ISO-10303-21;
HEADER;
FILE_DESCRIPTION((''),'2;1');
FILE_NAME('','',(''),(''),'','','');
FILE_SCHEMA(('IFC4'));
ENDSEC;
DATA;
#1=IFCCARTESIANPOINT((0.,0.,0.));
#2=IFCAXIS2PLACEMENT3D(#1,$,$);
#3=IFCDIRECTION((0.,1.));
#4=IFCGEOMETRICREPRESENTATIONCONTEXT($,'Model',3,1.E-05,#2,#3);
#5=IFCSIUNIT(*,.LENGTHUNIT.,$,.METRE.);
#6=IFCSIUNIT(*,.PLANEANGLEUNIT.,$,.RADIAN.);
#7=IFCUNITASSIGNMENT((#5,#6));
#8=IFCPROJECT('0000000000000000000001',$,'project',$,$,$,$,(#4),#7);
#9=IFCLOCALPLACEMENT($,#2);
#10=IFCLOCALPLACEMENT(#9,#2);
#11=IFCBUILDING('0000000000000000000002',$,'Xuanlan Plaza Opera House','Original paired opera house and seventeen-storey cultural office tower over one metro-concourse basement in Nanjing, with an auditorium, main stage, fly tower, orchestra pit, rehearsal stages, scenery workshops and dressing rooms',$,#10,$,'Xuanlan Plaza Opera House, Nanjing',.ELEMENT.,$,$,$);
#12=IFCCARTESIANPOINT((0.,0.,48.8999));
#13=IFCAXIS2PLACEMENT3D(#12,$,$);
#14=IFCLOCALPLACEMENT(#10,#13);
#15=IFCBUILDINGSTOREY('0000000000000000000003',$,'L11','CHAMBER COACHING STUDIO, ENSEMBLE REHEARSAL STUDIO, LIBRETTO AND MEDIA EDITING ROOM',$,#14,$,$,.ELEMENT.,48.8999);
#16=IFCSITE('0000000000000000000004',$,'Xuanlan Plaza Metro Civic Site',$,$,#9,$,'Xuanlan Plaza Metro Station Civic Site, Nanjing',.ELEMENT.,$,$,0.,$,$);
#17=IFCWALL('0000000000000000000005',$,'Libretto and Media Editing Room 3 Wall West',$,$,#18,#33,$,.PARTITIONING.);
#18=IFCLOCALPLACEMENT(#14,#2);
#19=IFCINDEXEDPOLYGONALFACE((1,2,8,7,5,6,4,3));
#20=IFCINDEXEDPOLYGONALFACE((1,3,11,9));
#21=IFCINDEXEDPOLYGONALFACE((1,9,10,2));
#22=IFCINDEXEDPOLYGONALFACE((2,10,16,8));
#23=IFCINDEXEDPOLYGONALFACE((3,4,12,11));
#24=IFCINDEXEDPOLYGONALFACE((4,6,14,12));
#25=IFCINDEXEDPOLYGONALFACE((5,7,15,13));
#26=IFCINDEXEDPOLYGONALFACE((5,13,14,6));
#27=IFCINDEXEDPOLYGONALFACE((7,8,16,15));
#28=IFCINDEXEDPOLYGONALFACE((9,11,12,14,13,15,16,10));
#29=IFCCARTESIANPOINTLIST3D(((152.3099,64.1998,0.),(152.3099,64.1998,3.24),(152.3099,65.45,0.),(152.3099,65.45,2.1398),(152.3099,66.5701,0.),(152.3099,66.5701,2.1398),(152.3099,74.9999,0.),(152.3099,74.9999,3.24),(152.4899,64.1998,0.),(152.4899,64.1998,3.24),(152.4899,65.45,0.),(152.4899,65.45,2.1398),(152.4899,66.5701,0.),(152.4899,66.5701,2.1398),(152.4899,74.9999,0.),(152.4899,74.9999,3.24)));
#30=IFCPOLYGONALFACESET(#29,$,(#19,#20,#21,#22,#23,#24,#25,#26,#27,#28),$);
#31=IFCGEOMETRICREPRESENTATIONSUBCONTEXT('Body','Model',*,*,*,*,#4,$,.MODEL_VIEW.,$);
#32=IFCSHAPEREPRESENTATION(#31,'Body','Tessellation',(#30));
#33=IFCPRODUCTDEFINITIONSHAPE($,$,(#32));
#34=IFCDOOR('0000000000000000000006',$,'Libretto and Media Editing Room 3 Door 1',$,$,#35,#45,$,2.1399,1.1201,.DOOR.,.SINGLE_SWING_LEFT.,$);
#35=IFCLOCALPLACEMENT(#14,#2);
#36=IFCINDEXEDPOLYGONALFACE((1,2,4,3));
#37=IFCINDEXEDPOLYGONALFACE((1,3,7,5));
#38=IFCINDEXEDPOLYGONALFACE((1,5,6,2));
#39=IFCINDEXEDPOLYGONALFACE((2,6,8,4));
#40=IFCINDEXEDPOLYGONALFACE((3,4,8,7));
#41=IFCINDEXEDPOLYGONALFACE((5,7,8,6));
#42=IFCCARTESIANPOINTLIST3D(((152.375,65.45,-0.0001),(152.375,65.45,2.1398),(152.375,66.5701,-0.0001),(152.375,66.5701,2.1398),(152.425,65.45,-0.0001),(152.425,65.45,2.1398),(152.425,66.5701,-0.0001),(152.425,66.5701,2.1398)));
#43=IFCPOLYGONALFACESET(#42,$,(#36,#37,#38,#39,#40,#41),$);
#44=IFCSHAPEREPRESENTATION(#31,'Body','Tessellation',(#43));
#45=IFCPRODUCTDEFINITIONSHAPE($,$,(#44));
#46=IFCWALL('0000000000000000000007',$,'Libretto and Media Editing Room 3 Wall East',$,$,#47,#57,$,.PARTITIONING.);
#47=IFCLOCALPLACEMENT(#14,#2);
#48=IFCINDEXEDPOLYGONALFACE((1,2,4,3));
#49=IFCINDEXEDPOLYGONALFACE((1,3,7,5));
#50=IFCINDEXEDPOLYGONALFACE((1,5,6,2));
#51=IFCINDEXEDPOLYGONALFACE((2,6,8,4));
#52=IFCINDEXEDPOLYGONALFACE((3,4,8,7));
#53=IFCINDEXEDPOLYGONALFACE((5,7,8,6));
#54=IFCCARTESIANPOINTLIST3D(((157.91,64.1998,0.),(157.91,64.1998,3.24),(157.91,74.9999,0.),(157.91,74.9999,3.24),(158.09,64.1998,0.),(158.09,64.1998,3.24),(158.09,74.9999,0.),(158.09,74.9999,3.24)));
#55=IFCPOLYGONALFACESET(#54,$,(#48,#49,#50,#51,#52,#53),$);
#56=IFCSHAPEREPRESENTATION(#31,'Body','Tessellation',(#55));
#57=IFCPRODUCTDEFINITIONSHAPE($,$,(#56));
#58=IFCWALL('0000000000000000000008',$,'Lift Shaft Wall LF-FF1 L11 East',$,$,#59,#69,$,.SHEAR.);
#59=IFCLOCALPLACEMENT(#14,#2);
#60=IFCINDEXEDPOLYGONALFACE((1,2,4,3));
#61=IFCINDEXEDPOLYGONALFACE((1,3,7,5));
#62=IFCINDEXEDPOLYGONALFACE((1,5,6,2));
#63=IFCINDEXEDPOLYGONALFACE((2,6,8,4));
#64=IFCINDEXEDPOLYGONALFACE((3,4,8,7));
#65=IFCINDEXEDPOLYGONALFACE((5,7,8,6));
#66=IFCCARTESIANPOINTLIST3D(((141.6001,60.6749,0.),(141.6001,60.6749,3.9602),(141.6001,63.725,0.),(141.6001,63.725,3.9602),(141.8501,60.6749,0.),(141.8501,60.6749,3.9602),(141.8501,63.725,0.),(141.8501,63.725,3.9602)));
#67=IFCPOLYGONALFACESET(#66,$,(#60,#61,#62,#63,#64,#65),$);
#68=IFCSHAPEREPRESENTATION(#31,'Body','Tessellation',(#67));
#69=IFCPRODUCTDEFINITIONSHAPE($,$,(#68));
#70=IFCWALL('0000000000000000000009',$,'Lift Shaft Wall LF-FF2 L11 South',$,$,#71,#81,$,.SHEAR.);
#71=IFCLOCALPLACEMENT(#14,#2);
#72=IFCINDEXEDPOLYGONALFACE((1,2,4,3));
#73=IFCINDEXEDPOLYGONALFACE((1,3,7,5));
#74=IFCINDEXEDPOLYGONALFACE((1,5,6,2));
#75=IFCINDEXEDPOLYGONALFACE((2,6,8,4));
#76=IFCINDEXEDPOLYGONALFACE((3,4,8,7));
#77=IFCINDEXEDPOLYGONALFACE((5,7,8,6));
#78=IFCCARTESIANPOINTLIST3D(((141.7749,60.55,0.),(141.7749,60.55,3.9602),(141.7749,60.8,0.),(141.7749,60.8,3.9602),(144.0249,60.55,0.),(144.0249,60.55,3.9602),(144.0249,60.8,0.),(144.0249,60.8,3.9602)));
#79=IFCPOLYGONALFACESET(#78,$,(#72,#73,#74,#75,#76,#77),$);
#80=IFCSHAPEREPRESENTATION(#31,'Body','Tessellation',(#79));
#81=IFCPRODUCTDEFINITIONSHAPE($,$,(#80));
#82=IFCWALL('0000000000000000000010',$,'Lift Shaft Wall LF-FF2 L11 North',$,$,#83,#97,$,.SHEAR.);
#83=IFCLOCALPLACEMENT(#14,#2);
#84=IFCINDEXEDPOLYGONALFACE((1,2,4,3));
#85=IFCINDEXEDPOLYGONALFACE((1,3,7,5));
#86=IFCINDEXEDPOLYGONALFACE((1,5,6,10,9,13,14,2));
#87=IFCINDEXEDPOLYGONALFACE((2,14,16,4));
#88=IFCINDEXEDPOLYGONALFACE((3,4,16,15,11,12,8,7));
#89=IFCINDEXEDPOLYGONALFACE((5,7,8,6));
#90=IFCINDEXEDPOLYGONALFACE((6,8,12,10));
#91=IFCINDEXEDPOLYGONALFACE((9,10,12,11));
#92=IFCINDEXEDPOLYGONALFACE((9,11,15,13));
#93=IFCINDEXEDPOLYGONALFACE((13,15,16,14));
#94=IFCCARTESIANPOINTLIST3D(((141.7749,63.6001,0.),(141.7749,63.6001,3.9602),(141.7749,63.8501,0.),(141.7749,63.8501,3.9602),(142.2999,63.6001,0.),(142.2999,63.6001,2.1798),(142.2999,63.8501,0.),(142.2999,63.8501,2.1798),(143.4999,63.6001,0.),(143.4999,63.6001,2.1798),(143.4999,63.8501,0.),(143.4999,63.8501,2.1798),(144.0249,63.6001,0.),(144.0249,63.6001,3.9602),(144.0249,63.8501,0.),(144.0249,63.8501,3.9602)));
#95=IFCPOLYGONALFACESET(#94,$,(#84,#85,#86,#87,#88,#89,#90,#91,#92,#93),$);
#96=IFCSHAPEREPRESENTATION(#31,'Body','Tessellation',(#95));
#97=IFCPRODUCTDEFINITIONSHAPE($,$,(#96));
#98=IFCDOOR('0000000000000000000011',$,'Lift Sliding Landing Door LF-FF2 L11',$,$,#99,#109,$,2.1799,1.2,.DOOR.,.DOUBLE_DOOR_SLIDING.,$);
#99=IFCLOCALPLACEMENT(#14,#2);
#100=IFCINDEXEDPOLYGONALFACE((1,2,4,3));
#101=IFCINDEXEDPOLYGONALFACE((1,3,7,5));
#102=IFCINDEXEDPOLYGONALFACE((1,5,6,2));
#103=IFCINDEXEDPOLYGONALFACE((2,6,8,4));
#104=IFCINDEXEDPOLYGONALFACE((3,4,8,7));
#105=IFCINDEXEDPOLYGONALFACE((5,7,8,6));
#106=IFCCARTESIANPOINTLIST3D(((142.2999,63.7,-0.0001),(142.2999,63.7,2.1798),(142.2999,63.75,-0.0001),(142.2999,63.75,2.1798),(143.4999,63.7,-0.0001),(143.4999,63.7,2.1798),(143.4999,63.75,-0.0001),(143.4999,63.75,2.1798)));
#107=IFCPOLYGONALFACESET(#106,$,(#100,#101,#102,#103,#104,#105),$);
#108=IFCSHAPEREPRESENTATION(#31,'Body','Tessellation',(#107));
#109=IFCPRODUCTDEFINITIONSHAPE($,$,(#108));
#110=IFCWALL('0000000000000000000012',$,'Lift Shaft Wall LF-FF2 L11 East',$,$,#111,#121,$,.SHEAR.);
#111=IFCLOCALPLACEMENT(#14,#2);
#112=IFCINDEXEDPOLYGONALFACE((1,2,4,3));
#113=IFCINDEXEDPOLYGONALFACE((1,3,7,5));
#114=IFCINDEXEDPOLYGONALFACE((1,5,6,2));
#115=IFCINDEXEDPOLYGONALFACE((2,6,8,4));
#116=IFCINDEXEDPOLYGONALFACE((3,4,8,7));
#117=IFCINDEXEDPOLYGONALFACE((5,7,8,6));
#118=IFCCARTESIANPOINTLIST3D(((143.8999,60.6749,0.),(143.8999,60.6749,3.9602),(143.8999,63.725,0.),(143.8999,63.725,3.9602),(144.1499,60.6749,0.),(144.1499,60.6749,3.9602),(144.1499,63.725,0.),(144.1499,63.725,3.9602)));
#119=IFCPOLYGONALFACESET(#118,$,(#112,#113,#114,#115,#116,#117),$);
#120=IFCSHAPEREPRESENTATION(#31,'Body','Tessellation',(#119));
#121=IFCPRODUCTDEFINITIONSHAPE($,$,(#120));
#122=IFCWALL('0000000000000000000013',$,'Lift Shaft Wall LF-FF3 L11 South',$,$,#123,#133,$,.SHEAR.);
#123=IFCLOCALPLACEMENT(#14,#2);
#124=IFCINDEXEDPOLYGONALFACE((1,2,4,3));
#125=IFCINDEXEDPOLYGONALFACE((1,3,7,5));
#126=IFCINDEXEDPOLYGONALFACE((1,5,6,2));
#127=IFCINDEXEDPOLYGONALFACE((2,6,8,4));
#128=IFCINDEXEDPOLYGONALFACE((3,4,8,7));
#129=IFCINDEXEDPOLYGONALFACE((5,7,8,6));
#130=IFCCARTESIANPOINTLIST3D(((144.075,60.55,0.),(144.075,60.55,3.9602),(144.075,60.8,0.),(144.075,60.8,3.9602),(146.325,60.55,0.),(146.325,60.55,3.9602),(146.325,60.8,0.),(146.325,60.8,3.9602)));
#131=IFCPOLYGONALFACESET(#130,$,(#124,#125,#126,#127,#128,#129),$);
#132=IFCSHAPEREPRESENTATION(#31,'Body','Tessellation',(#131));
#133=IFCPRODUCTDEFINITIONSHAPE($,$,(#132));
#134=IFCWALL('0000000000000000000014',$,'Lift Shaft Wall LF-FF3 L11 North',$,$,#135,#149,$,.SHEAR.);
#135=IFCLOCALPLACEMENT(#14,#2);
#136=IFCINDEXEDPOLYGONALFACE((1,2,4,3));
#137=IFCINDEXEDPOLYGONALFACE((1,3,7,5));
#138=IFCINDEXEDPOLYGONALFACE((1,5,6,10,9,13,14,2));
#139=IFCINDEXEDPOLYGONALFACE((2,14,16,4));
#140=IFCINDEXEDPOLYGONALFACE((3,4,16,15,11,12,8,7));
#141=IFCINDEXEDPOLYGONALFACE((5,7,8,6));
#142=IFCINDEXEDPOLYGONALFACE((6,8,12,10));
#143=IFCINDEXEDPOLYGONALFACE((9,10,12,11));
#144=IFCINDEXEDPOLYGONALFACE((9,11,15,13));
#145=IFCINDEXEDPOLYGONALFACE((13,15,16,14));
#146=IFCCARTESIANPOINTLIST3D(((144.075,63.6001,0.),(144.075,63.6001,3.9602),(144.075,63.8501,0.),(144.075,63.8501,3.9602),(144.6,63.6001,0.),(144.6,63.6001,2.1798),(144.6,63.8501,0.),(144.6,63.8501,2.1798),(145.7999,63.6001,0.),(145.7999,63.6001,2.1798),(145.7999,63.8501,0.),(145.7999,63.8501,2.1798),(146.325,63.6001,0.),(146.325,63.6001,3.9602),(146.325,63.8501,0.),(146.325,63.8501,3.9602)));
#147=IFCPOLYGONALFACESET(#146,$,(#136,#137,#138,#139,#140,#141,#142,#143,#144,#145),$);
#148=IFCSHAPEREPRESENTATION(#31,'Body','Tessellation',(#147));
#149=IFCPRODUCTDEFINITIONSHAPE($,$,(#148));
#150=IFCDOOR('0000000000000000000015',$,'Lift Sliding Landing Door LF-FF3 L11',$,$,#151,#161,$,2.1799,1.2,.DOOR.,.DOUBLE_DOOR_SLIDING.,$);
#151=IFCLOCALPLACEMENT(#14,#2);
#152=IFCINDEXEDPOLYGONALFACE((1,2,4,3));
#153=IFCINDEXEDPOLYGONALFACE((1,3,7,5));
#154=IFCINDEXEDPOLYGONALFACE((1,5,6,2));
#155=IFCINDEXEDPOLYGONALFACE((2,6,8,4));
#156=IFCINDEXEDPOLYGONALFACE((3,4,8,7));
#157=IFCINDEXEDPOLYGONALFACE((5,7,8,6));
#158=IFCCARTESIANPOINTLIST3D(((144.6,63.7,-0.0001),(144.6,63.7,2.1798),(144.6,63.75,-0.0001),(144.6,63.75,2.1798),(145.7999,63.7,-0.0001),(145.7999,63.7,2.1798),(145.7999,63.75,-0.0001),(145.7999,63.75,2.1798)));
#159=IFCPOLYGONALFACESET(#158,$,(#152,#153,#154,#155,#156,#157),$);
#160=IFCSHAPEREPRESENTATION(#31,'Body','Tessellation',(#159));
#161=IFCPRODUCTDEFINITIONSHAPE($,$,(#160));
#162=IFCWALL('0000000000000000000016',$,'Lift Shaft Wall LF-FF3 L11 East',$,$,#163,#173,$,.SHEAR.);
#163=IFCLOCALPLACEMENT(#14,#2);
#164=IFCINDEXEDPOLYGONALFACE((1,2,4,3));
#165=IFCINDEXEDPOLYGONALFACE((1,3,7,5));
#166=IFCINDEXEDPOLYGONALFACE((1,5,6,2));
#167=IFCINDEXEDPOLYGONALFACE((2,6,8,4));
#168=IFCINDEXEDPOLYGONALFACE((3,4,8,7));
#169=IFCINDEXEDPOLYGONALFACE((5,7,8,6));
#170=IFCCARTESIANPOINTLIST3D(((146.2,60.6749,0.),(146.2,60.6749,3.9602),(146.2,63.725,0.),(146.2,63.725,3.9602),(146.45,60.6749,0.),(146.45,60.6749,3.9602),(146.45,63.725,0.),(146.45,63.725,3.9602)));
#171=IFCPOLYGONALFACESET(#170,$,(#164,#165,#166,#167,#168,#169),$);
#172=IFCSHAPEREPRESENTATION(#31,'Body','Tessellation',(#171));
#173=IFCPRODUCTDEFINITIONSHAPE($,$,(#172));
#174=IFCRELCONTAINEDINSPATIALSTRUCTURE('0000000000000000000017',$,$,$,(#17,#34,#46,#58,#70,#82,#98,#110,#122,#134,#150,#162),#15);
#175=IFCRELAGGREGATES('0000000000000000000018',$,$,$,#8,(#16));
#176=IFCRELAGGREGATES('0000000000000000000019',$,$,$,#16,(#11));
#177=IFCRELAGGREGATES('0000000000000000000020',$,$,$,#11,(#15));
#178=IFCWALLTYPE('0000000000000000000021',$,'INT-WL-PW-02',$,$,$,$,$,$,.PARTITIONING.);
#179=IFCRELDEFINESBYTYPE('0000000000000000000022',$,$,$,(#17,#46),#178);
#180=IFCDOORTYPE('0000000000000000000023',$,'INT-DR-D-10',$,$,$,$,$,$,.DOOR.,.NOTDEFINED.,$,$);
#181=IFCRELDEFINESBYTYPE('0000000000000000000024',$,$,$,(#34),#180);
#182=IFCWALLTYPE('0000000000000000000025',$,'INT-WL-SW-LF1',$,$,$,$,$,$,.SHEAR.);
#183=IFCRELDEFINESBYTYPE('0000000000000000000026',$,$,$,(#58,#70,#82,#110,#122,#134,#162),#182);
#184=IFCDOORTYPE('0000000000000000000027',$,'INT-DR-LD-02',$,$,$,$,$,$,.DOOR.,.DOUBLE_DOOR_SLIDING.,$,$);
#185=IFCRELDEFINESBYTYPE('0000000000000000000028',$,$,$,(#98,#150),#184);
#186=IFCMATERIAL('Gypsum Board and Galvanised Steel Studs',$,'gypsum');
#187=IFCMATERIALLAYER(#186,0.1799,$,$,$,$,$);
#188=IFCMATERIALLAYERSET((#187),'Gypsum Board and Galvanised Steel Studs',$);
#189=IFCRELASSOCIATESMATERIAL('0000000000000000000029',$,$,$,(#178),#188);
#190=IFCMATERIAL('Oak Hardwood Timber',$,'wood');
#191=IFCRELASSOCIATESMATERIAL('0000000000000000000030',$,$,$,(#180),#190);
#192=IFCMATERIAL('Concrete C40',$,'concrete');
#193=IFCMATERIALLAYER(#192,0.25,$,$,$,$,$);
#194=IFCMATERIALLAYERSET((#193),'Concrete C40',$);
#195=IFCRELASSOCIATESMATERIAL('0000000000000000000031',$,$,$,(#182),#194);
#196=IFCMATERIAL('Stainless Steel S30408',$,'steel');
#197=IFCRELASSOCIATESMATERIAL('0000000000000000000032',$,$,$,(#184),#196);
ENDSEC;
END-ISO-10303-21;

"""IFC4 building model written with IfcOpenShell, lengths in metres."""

from ifc_helpers import new_model, si_unit, direction, frame, frame_2d, origin, place, context, subcontext, project, spatial, rectangle, extrude, material, layer, layer_set, type_object, element, fill, save


model = new_model("IFC4")

# Units and contexts
model_context = context("Model", 3, precision=1e-05, world=origin(), true_north=direction((0.0, 1.0)))
body_context = subcontext(model_context, "Body", "Model", "MODEL_VIEW")
ifc_project = project(units=[si_unit("LENGTHUNIT", "METRE"), si_unit("PLANEANGLEUNIT", "RADIAN")], contexts=[model_context])

# Site, building, storey
site_placement = place(None, origin())
site = spatial("IfcSite", under=ifc_project, at=site_placement, Name="Xuanlan Plaza Metro Civic Site", LongName="Xuanlan Plaza Metro Station Civic Site, Nanjing", CompositionType="ELEMENT", RefElevation=0.0)
building_placement = place(site_placement, origin())
building = spatial("IfcBuilding", under=site, at=building_placement, Name="Xuanlan Plaza Opera House", Description="Original paired opera house and seventeen-storey cultural office tower over one metro-concourse basement in Nanjing, with an auditorium, main stage, fly tower, orchestra pit, rehearsal stages, scenery workshops and dressing rooms", LongName="Xuanlan Plaza Opera House, Nanjing", CompositionType="ELEMENT")
storey_placement = place(building_placement, frame((0.0, 0.0, 48.8999)))
storey = spatial("IfcBuildingStorey", under=building, at=storey_placement, Name="L11", Description="CHAMBER COACHING STUDIO, ENSEMBLE REHEARSAL STUDIO, LIBRETTO AND MEDIA EDITING ROOM", CompositionType="ELEMENT", Elevation=48.8999)

# Shared definitions
ifc_material_1 = material(Name="Concrete C40", Category="concrete")

# Shared definitions
ifc_material_2 = material(Name="Gypsum Board and Galvanised Steel Studs", Category="gypsum")

# Shared definitions
ifc_material_3 = material(Name="Oak Hardwood Timber", Category="wood")

# Shared definitions
ifc_layer_1 = layer(ifc_material_2, 0.1799)
ifc_layer_set_1 = layer_set([ifc_layer_1], Name="Gypsum Board and Galvanised Steel Studs")
wall_type_1 = type_object("IfcWallType", Name="INT-WL-PW-02", PredefinedType="PARTITIONING", material=ifc_layer_set_1)

# Wall, opening, door
wall_1_placement = place(storey_placement, frame((152.3999, 64.2, 0.0), z_axis=(0.0, 0.0, 1.0), x_axis=(0.0, 1.0, 0.0)))
wall_1 = element("IfcWall", 1, at=wall_1_placement, inside=storey, type_object=wall_type_1, Name="Libretto and Media Editing Room 3 Wall West", PredefinedType="PARTITIONING", context=body_context, shape_type="SweptSolid", body=[
    extrude(rectangle(XDim=10.8, YDim=0.1799, at=frame_2d((5.3999, 0.0))), origin(), (0.0, 0.0, 1.0), 3.24),
])
opening_1_placement = place(wall_1_placement, frame((1.25, 0.0, 0.0)))
opening_1 = element("IfcOpeningElement", 2, at=opening_1_placement, cuts=wall_1, PredefinedType="OPENING", context=body_context, shape_type="SweptSolid", body=[
    extrude(rectangle(XDim=1.1201, YDim=2.1399, at=frame_2d((0.5601, 1.0698))), frame((0.0, 0.0999, 0.0), z_axis=(0.0, -1.0, 0.0), x_axis=(1.0, 0.0, 0.0)), (0.0, 0.0, 1.0), 0.2),
])
door_type_1 = type_object("IfcDoorType", Name="INT-DR-D-10", OperationType="NOTDEFINED", PredefinedType="DOOR", material=ifc_material_3)
door_1_placement = place(opening_1_placement, origin())
door_1 = element("IfcDoor", 3, at=door_1_placement, inside=storey, type_object=door_type_1, Name="Libretto and Media Editing Room 3 Door 1", OperationType="SINGLE_SWING_LEFT", OverallHeight=2.1399, OverallWidth=1.1201, PredefinedType="DOOR", context=body_context, shape_type="SweptSolid", body=[
    extrude(rectangle(XDim=1.1201, YDim=2.1399, at=frame_2d((0.5601, 1.0698))), frame((0.0, 0.0249, 0.0), z_axis=(0.0, -1.0, 0.0), x_axis=(1.0, 0.0, 0.0)), (0.0, 0.0, 1.0), 0.05),
])
fill(opening_1, door_1)

# Walls
wall_2_placement = place(storey_placement, frame((158.0, 64.2, 0.0), z_axis=(0.0, 0.0, 1.0), x_axis=(0.0, 1.0, 0.0)))
element("IfcWall", 4, at=wall_2_placement, inside=storey, type_object=wall_type_1, Name="Libretto and Media Editing Room 3 Wall East", PredefinedType="PARTITIONING", context=body_context, shape_type="SweptSolid", body=[
    extrude(rectangle(XDim=10.8, YDim=0.1799, at=frame_2d((5.3999, 0.0))), origin(), (0.0, 0.0, 1.0), 3.24),
])
ifc_layer_2 = layer(ifc_material_1, 0.25)
ifc_layer_set_2 = layer_set([ifc_layer_2], Name="Concrete C40")
wall_type_2 = type_object("IfcWallType", Name="INT-WL-SW-LF1", PredefinedType="SHEAR", material=ifc_layer_set_2)
wall_3_placement = place(storey_placement, frame((141.7251, 60.675, 0.0), z_axis=(0.0, 0.0, 1.0), x_axis=(0.0, 1.0, 0.0)))
element("IfcWall", 5, at=wall_3_placement, inside=storey, type_object=wall_type_2, Name="Lift Shaft Wall LF-FF1 L11 East", PredefinedType="SHEAR", context=body_context, shape_type="SweptSolid", body=[
    extrude(rectangle(XDim=3.05, YDim=0.25, at=frame_2d((1.5249, 0.0))), origin(), (0.0, 0.0, 1.0), 3.9602),
])
wall_4_placement = place(storey_placement, frame((141.7749, 60.675, 0.0), z_axis=(0.0, 0.0, 1.0), x_axis=(1.0, 0.0, 0.0)))
element("IfcWall", 6, at=wall_4_placement, inside=storey, type_object=wall_type_2, Name="Lift Shaft Wall LF-FF2 L11 South", PredefinedType="SHEAR", context=body_context, shape_type="SweptSolid", body=[
    extrude(rectangle(XDim=2.25, YDim=0.25, at=frame_2d((1.125, 0.0))), origin(), (0.0, 0.0, 1.0), 3.9602),
])

# Wall, opening, door
wall_5_placement = place(storey_placement, frame((141.7749, 63.7251, 0.0), z_axis=(0.0, 0.0, 1.0), x_axis=(1.0, 0.0, 0.0)))
wall_5 = element("IfcWall", 7, at=wall_5_placement, inside=storey, type_object=wall_type_2, Name="Lift Shaft Wall LF-FF2 L11 North", PredefinedType="SHEAR", context=body_context, shape_type="SweptSolid", body=[
    extrude(rectangle(XDim=2.25, YDim=0.25, at=frame_2d((1.125, 0.0))), origin(), (0.0, 0.0, 1.0), 3.9602),
])
opening_2_placement = place(wall_5_placement, frame((0.5249, 0.0, 0.0)))
opening_2 = element("IfcOpeningElement", 8, at=opening_2_placement, cuts=wall_5, PredefinedType="OPENING", context=body_context, shape_type="SweptSolid", body=[
    extrude(rectangle(XDim=1.2, YDim=2.1799, at=frame_2d((0.6001, 1.0898))), frame((0.0, 0.135, 0.0), z_axis=(0.0, -1.0, 0.0), x_axis=(1.0, 0.0, 0.0)), (0.0, 0.0, 1.0), 0.27),
])
ifc_material_4 = material(Name="Stainless Steel S30408", Category="steel")
door_type_2 = type_object("IfcDoorType", Name="INT-DR-LD-02", OperationType="DOUBLE_DOOR_SLIDING", PredefinedType="DOOR", material=ifc_material_4)
door_2_placement = place(opening_2_placement, origin())
door_2 = element("IfcDoor", 9, at=door_2_placement, inside=storey, type_object=door_type_2, Name="Lift Sliding Landing Door LF-FF2 L11", OperationType="DOUBLE_DOOR_SLIDING", OverallHeight=2.1799, OverallWidth=1.2, PredefinedType="DOOR", context=body_context, shape_type="SweptSolid", body=[
    extrude(rectangle(XDim=1.2, YDim=2.1799, at=frame_2d((0.6001, 1.0898))), frame((0.0, 0.0249, 0.0), z_axis=(0.0, -1.0, 0.0), x_axis=(1.0, 0.0, 0.0)), (0.0, 0.0, 1.0), 0.05),
])
fill(opening_2, door_2)

# Walls
wall_6_placement = place(storey_placement, frame((144.0249, 60.675, 0.0), z_axis=(0.0, 0.0, 1.0), x_axis=(0.0, 1.0, 0.0)))
element("IfcWall", 10, at=wall_6_placement, inside=storey, type_object=wall_type_2, Name="Lift Shaft Wall LF-FF2 L11 East", PredefinedType="SHEAR", context=body_context, shape_type="SweptSolid", body=[
    extrude(rectangle(XDim=3.05, YDim=0.25, at=frame_2d((1.5249, 0.0))), origin(), (0.0, 0.0, 1.0), 3.9602),
])
wall_7_placement = place(storey_placement, frame((144.075, 60.675, 0.0), z_axis=(0.0, 0.0, 1.0), x_axis=(1.0, 0.0, 0.0)))
element("IfcWall", 11, at=wall_7_placement, inside=storey, type_object=wall_type_2, Name="Lift Shaft Wall LF-FF3 L11 South", PredefinedType="SHEAR", context=body_context, shape_type="SweptSolid", body=[
    extrude(rectangle(XDim=2.25, YDim=0.25, at=frame_2d((1.125, 0.0))), origin(), (0.0, 0.0, 1.0), 3.9602),
])

# Wall, opening, door
wall_8_placement = place(storey_placement, frame((144.075, 63.7251, 0.0), z_axis=(0.0, 0.0, 1.0), x_axis=(1.0, 0.0, 0.0)))
wall_8 = element("IfcWall", 12, at=wall_8_placement, inside=storey, type_object=wall_type_2, Name="Lift Shaft Wall LF-FF3 L11 North", PredefinedType="SHEAR", context=body_context, shape_type="SweptSolid", body=[
    extrude(rectangle(XDim=2.25, YDim=0.25, at=frame_2d((1.125, 0.0))), origin(), (0.0, 0.0, 1.0), 3.9602),
])
opening_3_placement = place(wall_8_placement, frame((0.5249, 0.0, 0.0)))
opening_3 = element("IfcOpeningElement", 13, at=opening_3_placement, cuts=wall_8, PredefinedType="OPENING", context=body_context, shape_type="SweptSolid", body=[
    extrude(rectangle(XDim=1.2, YDim=2.1799, at=frame_2d((0.6001, 1.0898))), frame((0.0, 0.135, 0.0), z_axis=(0.0, -1.0, 0.0), x_axis=(1.0, 0.0, 0.0)), (0.0, 0.0, 1.0), 0.27),
])
door_3_placement = place(opening_3_placement, origin())
door_3 = element("IfcDoor", 14, at=door_3_placement, inside=storey, type_object=door_type_2, Name="Lift Sliding Landing Door LF-FF3 L11", OperationType="DOUBLE_DOOR_SLIDING", OverallHeight=2.1799, OverallWidth=1.2, PredefinedType="DOOR", context=body_context, shape_type="SweptSolid", body=[
    extrude(rectangle(XDim=1.2, YDim=2.1799, at=frame_2d((0.6001, 1.0898))), frame((0.0, 0.0249, 0.0), z_axis=(0.0, -1.0, 0.0), x_axis=(1.0, 0.0, 0.0)), (0.0, 0.0, 1.0), 0.05),
])
fill(opening_3, door_3)

# Wall
wall_9_placement = place(storey_placement, frame((146.325, 60.675, 0.0), z_axis=(0.0, 0.0, 1.0), x_axis=(0.0, 1.0, 0.0)))
element("IfcWall", 15, at=wall_9_placement, inside=storey, type_object=wall_type_2, Name="Lift Shaft Wall LF-FF3 L11 East", PredefinedType="SHEAR", context=body_context, shape_type="SweptSolid", body=[
    extrude(rectangle(XDim=3.05, YDim=0.25, at=frame_2d((1.5249, 0.0))), origin(), (0.0, 0.0, 1.0), 3.9602),
])

save(model, "model.ifc")
